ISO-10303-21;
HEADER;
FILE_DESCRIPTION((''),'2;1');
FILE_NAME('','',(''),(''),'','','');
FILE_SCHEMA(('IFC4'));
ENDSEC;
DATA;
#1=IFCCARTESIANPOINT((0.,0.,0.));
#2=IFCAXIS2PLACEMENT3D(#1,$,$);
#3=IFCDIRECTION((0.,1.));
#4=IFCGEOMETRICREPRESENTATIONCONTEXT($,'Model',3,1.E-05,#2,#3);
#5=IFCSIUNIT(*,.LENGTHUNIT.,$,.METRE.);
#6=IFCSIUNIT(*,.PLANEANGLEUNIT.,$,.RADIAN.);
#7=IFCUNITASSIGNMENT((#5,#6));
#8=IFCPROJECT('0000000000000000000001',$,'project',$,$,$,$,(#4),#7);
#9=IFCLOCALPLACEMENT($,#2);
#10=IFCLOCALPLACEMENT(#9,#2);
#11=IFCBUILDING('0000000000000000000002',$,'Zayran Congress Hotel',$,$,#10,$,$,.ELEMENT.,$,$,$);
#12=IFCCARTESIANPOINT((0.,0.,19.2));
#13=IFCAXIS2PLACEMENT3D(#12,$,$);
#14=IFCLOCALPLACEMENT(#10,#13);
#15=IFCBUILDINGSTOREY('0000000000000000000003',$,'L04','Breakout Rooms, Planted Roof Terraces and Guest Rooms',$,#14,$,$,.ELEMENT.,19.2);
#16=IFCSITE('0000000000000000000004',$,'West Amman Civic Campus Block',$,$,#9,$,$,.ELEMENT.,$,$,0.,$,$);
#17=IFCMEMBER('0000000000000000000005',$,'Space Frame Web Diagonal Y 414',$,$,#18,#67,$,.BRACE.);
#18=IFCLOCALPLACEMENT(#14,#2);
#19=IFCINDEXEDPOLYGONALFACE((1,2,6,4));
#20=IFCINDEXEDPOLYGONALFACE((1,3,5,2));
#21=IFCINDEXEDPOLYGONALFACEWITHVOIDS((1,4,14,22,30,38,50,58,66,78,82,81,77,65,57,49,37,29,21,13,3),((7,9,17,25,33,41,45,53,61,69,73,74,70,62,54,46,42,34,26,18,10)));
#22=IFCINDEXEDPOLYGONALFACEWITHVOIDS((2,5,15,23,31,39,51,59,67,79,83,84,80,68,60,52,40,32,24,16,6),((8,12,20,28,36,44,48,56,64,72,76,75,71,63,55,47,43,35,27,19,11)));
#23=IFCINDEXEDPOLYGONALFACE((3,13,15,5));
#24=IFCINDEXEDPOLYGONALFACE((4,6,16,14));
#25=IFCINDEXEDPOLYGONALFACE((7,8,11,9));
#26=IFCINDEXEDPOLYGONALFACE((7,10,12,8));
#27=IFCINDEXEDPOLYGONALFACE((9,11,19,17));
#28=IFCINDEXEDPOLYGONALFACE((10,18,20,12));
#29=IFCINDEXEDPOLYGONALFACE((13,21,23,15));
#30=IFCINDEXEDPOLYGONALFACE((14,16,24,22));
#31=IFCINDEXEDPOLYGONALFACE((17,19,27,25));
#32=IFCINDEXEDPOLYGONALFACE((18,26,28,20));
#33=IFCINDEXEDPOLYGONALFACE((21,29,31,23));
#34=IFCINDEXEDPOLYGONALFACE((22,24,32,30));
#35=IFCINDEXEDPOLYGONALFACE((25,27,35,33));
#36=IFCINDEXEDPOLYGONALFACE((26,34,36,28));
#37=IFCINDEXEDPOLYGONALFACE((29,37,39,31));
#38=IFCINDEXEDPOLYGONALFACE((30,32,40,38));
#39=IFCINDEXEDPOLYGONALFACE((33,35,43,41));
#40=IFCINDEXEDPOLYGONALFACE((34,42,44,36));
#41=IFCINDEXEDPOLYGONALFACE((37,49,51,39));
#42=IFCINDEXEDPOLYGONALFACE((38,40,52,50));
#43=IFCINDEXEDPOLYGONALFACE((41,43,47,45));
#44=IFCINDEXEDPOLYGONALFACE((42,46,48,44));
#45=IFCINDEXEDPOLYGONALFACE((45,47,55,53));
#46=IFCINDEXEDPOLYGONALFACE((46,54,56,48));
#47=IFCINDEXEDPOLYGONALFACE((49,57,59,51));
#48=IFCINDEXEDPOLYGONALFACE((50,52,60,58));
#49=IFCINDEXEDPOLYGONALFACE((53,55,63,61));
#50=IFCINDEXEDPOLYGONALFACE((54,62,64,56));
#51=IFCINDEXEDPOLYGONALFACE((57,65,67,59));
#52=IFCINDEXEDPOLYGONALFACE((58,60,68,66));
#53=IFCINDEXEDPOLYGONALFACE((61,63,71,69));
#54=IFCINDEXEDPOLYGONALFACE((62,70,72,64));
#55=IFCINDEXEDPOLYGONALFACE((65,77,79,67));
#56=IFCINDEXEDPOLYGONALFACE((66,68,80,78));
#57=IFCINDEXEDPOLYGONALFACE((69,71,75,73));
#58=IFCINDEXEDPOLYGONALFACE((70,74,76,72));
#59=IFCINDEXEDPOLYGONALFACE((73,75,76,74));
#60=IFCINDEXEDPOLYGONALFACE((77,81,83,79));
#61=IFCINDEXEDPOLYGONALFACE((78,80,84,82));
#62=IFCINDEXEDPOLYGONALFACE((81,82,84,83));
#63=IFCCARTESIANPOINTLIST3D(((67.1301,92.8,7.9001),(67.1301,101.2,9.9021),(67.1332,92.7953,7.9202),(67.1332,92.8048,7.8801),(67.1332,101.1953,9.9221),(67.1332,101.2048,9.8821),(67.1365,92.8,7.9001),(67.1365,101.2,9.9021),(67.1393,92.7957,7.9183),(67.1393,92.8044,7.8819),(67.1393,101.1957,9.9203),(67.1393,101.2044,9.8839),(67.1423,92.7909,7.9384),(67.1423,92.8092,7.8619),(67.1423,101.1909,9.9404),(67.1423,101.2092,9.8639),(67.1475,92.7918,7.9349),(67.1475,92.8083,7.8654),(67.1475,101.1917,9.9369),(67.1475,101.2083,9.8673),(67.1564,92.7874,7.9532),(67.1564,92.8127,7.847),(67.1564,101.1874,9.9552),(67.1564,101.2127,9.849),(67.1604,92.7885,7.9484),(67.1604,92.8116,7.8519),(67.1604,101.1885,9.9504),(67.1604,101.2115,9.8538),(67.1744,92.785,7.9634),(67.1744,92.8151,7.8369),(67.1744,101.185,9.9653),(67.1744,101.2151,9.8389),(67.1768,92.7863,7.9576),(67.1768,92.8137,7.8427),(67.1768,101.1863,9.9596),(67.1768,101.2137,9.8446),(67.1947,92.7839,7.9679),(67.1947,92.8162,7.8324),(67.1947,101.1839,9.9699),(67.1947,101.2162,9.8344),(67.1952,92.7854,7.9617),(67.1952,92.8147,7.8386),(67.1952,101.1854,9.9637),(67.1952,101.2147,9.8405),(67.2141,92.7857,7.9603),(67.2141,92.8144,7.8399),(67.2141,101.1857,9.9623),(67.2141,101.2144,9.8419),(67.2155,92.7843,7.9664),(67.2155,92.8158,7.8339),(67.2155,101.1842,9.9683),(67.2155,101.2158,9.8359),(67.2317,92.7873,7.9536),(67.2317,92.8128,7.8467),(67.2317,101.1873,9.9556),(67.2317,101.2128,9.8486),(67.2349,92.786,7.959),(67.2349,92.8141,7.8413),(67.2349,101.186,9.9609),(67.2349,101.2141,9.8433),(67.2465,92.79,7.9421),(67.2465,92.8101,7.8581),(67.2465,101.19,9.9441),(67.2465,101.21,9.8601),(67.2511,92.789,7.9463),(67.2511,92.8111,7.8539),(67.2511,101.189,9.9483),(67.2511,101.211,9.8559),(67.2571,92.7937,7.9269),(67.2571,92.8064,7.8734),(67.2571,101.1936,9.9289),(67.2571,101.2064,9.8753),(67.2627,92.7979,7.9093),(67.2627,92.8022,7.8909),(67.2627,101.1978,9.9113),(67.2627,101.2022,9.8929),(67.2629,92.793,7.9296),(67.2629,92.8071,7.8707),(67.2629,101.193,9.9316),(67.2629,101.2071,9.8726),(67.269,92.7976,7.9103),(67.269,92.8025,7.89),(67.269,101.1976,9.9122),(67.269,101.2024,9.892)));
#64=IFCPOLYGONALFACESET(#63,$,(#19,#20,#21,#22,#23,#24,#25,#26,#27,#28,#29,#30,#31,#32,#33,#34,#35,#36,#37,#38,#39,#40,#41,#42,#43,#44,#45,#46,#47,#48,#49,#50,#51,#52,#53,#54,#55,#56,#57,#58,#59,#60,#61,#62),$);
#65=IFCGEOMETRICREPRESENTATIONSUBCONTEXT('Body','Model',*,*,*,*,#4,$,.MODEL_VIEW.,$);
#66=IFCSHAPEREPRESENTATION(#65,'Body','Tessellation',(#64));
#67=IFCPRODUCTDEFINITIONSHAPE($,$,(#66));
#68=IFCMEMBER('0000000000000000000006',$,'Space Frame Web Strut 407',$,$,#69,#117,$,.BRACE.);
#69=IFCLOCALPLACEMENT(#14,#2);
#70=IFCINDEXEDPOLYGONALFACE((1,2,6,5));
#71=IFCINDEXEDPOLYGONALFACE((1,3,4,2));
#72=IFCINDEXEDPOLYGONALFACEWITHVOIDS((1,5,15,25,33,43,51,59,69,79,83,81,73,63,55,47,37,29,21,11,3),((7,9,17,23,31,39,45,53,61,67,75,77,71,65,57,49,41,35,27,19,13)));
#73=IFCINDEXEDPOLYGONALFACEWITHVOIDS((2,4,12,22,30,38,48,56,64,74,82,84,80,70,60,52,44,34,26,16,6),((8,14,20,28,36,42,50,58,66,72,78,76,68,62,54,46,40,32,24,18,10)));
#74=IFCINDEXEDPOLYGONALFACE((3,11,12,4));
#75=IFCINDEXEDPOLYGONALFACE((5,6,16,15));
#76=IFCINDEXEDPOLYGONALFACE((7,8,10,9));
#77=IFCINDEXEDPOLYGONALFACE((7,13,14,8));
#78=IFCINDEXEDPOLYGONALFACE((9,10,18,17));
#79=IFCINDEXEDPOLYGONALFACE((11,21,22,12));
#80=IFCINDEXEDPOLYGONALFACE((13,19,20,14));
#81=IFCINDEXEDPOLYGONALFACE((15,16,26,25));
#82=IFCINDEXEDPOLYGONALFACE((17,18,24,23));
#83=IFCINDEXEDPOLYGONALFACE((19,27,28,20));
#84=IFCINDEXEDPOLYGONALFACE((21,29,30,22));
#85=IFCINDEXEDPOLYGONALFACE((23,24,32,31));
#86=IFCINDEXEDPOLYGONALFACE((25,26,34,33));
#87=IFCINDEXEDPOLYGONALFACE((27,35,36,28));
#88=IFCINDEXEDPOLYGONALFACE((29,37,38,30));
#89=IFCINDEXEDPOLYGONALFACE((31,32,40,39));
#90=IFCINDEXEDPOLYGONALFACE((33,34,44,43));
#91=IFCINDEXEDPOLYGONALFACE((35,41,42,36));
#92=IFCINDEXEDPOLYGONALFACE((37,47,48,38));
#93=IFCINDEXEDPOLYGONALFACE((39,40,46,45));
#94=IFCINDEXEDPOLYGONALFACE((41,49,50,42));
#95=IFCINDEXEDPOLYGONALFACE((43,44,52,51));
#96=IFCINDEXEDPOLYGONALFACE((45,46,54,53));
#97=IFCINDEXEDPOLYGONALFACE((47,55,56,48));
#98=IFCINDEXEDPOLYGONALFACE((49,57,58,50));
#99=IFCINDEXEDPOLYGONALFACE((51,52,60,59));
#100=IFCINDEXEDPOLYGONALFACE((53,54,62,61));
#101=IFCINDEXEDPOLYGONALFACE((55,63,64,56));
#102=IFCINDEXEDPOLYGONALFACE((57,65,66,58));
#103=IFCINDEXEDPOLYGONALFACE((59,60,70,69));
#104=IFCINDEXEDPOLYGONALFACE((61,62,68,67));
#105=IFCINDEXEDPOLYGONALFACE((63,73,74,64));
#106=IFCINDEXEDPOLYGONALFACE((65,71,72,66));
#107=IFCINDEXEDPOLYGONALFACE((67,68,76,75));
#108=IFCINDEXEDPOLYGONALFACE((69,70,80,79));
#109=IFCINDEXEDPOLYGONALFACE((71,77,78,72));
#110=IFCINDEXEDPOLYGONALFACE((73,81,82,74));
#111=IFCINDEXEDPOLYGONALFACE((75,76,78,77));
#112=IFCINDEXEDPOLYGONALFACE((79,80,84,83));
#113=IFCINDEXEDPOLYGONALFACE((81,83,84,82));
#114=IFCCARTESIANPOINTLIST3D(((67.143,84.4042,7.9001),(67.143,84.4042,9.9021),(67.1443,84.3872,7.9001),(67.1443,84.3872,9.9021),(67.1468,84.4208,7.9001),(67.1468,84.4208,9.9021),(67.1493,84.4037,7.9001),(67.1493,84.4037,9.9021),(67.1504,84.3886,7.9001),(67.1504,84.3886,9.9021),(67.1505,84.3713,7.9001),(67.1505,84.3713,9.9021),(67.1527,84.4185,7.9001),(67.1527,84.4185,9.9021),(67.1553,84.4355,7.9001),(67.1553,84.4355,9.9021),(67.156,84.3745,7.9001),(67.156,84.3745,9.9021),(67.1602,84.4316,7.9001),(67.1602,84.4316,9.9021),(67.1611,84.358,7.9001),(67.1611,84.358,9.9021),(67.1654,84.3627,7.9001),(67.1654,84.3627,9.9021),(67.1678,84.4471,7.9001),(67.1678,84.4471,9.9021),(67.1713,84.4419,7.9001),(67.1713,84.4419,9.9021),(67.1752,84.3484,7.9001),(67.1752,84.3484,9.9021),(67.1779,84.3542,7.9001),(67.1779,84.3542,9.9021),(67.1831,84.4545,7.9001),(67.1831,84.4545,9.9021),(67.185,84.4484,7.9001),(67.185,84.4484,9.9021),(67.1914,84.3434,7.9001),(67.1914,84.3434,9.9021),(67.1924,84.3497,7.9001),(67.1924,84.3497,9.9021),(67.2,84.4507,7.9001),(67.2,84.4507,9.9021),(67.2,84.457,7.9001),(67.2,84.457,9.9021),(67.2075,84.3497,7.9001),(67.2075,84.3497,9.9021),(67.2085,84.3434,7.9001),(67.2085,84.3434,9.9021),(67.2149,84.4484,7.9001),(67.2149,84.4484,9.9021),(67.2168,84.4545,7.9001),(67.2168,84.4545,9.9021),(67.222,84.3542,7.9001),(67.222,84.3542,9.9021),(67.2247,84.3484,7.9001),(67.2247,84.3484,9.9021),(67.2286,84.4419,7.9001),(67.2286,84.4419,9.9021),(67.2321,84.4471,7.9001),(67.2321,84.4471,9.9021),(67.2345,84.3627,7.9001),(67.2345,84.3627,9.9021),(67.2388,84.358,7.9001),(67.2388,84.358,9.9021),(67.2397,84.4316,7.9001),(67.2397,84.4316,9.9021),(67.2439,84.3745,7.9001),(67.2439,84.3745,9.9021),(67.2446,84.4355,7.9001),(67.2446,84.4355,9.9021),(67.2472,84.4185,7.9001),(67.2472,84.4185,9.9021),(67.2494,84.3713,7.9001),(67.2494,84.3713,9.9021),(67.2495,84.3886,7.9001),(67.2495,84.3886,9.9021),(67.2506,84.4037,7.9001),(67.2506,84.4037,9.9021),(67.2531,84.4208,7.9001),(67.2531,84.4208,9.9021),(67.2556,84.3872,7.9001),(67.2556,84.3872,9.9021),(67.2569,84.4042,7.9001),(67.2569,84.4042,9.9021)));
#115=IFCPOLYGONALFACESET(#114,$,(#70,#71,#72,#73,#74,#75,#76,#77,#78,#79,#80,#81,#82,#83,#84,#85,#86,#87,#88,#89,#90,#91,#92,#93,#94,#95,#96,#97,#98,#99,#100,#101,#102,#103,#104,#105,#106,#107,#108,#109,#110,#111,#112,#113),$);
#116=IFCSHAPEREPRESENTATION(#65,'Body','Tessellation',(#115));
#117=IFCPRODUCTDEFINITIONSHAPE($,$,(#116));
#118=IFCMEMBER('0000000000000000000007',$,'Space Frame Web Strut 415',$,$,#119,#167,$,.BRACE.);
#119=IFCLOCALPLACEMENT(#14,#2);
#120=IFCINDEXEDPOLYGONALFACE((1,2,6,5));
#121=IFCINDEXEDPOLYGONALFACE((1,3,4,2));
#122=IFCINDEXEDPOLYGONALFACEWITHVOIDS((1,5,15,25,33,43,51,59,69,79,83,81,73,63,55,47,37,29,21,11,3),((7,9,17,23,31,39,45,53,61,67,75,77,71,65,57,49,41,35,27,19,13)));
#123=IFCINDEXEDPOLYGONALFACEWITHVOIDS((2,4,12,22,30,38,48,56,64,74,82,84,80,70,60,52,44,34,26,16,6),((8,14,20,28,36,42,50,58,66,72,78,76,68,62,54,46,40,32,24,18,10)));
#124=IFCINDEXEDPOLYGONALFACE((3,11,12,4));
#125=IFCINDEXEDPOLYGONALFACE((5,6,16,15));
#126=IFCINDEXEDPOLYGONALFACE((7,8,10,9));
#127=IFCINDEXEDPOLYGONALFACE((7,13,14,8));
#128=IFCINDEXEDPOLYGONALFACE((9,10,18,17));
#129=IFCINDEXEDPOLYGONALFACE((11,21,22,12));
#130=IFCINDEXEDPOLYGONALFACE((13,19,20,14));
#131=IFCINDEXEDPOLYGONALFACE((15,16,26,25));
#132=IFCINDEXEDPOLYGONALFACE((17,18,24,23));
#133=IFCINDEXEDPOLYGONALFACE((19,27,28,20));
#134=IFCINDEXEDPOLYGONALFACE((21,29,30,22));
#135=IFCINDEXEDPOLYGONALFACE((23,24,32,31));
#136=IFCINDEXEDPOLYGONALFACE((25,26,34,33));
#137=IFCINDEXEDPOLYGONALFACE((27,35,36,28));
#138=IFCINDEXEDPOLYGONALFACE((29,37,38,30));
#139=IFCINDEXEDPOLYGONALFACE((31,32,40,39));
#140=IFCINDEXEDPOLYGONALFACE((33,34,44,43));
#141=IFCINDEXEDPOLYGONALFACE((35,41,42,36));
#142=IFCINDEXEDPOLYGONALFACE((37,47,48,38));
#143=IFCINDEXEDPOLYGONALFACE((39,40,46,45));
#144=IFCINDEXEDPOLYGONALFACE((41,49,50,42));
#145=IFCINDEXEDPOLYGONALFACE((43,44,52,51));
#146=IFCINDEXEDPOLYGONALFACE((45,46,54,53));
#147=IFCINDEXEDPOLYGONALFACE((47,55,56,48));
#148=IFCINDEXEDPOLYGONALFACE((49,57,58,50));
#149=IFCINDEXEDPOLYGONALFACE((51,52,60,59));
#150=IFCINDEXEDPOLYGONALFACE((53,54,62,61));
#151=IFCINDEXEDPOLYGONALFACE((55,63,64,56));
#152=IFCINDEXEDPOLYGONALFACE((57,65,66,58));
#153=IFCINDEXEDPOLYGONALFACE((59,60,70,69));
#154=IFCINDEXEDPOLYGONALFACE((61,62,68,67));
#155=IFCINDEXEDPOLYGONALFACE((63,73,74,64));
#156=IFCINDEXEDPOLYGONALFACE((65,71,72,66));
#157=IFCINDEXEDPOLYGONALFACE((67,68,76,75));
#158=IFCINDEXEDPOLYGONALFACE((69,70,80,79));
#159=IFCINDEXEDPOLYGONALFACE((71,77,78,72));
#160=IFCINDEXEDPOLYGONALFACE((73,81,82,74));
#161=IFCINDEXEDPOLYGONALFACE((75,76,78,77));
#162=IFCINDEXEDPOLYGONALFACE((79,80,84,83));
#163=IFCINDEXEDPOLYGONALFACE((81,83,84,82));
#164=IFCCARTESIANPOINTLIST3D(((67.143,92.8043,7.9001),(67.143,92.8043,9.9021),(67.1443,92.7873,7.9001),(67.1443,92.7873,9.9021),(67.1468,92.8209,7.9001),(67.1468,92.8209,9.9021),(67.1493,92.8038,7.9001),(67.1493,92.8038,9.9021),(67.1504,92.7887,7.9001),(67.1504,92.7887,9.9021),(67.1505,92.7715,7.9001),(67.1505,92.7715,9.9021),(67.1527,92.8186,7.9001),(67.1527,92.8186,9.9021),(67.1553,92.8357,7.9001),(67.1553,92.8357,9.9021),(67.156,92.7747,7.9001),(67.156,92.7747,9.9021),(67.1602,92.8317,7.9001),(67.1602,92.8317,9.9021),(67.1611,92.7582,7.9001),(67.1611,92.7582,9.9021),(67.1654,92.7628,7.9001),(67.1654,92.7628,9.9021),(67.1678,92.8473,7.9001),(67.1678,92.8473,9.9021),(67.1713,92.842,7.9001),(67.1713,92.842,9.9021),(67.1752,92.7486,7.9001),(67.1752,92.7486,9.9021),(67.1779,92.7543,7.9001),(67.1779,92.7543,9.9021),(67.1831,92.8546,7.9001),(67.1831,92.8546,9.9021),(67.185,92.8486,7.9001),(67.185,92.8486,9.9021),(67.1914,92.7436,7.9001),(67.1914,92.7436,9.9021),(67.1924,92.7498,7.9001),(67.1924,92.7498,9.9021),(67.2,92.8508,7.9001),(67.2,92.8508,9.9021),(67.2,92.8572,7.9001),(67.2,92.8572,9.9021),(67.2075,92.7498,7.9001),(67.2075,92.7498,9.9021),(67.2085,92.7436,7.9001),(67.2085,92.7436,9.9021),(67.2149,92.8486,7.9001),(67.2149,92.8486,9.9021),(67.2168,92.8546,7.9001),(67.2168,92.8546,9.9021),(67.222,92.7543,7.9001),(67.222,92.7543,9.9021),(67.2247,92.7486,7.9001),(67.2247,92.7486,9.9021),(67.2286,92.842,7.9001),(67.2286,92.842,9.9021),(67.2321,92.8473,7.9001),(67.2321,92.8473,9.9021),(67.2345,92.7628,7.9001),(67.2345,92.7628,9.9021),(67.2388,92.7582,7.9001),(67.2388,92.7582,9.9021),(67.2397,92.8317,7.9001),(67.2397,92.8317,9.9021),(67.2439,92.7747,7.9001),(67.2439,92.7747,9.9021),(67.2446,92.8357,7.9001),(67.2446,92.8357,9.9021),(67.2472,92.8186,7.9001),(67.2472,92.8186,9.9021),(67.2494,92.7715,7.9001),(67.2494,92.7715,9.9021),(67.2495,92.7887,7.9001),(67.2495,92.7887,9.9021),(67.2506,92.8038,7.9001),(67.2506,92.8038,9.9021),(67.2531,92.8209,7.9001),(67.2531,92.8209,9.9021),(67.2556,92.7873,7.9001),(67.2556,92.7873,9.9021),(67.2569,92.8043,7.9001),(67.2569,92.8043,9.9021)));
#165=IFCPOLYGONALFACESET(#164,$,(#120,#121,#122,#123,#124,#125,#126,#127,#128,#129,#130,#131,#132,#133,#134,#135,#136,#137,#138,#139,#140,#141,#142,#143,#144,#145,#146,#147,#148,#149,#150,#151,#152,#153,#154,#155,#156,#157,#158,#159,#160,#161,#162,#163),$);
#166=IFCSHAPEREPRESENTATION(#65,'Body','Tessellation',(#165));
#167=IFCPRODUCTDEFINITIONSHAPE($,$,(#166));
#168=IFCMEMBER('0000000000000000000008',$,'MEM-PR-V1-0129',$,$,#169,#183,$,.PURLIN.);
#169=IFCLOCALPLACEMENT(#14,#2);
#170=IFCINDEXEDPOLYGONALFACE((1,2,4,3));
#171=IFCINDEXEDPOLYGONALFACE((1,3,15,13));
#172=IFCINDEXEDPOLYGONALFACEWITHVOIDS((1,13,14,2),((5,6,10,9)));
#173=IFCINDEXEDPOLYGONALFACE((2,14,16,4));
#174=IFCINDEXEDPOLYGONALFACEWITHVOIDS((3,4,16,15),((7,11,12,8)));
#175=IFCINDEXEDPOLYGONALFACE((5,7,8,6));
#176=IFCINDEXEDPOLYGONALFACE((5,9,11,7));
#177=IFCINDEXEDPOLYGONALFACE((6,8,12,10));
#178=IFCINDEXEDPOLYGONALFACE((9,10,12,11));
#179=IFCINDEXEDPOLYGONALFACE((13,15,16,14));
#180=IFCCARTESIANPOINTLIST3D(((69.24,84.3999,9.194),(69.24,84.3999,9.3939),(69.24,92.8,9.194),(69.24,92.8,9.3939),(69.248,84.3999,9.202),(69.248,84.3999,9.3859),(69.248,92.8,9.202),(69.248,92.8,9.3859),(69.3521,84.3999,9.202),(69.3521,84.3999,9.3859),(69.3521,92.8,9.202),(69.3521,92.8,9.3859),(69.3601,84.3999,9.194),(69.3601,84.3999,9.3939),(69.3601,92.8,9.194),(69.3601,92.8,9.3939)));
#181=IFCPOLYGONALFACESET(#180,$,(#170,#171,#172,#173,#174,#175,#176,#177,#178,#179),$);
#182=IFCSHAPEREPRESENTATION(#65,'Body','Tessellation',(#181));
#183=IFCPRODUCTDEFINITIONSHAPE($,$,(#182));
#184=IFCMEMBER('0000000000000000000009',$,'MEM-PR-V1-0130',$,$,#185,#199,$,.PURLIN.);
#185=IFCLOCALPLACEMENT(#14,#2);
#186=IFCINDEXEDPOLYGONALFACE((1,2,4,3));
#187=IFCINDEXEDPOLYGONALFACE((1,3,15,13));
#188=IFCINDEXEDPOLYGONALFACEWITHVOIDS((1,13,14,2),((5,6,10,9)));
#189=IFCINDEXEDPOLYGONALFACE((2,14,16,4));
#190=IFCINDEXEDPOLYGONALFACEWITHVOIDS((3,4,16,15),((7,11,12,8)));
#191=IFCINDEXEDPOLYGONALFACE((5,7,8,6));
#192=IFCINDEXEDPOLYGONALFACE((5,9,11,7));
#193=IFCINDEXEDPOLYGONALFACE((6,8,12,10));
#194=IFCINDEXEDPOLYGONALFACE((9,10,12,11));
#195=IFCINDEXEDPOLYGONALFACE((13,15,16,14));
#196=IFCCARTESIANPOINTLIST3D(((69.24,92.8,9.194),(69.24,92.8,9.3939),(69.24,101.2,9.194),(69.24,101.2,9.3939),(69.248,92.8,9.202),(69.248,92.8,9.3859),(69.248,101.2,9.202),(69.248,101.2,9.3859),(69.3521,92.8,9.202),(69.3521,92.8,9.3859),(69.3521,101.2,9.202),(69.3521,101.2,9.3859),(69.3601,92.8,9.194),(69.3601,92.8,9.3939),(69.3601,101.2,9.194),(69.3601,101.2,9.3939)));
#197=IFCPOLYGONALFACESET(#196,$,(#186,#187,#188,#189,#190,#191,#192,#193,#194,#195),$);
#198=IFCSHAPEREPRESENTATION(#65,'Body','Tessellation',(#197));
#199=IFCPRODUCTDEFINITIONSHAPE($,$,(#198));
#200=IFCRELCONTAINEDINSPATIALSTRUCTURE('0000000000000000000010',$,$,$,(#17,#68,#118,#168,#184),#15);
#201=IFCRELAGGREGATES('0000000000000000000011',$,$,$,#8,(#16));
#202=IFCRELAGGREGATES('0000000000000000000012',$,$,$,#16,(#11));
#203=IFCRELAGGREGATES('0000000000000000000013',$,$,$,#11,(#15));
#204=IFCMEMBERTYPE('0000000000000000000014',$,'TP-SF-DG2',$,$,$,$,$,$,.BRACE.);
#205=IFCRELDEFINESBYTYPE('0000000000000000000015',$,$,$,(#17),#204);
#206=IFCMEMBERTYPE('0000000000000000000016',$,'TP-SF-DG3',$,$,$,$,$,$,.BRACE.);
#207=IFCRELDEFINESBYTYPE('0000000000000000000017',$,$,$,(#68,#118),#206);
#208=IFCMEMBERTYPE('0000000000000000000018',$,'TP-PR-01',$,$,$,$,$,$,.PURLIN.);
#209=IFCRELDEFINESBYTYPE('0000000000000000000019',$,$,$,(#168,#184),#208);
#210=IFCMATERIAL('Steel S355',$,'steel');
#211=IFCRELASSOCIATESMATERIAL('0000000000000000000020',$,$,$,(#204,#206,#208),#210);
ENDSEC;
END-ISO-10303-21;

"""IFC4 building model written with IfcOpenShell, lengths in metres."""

from ifc_helpers import new_model, si_unit, direction, frame, origin, origin_2d, place, context, subcontext, project, spatial, hollow_rectangle, hollow_circle, extrude, material, material_profile, profile_set, type_object, element, save


model = new_model("IFC4")

# Units and contexts
model_context = context("Model", 3, precision=1e-05, world=origin(), true_north=direction((0.0, 1.0)))
body_context = subcontext(model_context, "Body", "Model", "MODEL_VIEW")
ifc_project = project(units=[si_unit("LENGTHUNIT", "METRE"), si_unit("PLANEANGLEUNIT", "RADIAN")], contexts=[model_context])

# Site, building, storey
site_placement = place(None, origin())
site = spatial("IfcSite", under=ifc_project, at=site_placement, Name="West Amman Civic Campus Block", CompositionType="ELEMENT", RefElevation=0.0)
building_placement = place(site_placement, origin())
building = spatial("IfcBuilding", under=site, at=building_placement, Name="Zayran Congress Hotel", CompositionType="ELEMENT")
storey_placement = place(building_placement, frame((0.0, 0.0, 19.2)))
storey = spatial("IfcBuildingStorey", under=building, at=storey_placement, Name="L04", Description="Breakout Rooms, Planted Roof Terraces and Guest Rooms", CompositionType="ELEMENT", Elevation=19.2)

# Members
ifc_material_1 = material(Name="Steel S355", Category="steel")
ifc_material_profile_1 = material_profile(ifc_material_1, hollow_circle(Radius=0.0698, WallThickness=0.0063, at=origin_2d()), Name="CHS 139.7x6.3")
ifc_profile_set_1 = profile_set([ifc_material_profile_1], Name="Steel S355")
member_type_1 = type_object("IfcMemberType", Name="TP-SF-DG2", PredefinedType="BRACE", material=ifc_profile_set_1)
member_1_placement = place(storey_placement, frame((67.2, 92.8, 7.9001), z_axis=(0.0, 0.972755, 0.231837), x_axis=(-1.0, 0.0, 0.0)))
element("IfcMember", 1, at=member_1_placement, inside=storey, type_object=member_type_1, Name="Space Frame Web Diagonal Y 414", PredefinedType="BRACE", context=body_context, shape_type="SweptSolid", body=[
    extrude(hollow_circle(Radius=0.0698, WallThickness=0.0063, at=origin_2d()), origin(), (0.0, 0.0, 1.0), 8.6353),
])
ifc_material_profile_2 = material_profile(ifc_material_1, hollow_circle(Radius=0.0571, WallThickness=0.0063, at=origin_2d()), Name="CHS 114.3x6.3")
ifc_profile_set_2 = profile_set([ifc_material_profile_2], Name="Steel S355")
member_type_2 = type_object("IfcMemberType", Name="TP-SF-DG3", PredefinedType="BRACE", material=ifc_profile_set_2)
for number, where, z_axis, x_axis, name in (
    (2, (67.2, 84.3999, 7.9001), (0.0, 0.0, 1.0), (0.0, 1.0, 0.0), "Space Frame Web Strut 407"),
    (3, (67.2, 92.8, 7.9001), (0.0, 0.0, 1.0), (0.0, 1.0, 0.0), "Space Frame Web Strut 415"),
):
    element("IfcMember", number, at=place(storey_placement, frame(where, z_axis=z_axis, x_axis=x_axis)), inside=storey, type_object=member_type_2, Name=name, PredefinedType="BRACE", context=body_context, shape_type="SweptSolid", body=[
        extrude(hollow_circle(Radius=0.0571, WallThickness=0.0063, at=origin_2d()), origin(), (0.0, 0.0, 1.0), 2.002),
    ])
ifc_material_profile_3 = material_profile(ifc_material_1, hollow_rectangle(XDim=0.1201, YDim=0.2, WallThickness=0.0081, at=origin_2d()), Name="RHS 200x120x8")
ifc_profile_set_3 = profile_set([ifc_material_profile_3], Name="Steel S355")
member_type_3 = type_object("IfcMemberType", Name="TP-PR-01", PredefinedType="PURLIN", material=ifc_profile_set_3)
member_2_placement = place(storey_placement, frame((69.3, 84.3999, 9.2939), z_axis=(0.0, 1.0, 0.0), x_axis=(-1.0, 0.0, 0.0)))
element("IfcMember", 4, at=member_2_placement, inside=storey, type_object=member_type_3, Name="MEM-PR-V1-0129", PredefinedType="PURLIN", context=body_context, shape_type="SweptSolid", body=[
    extrude(hollow_rectangle(XDim=0.1201, YDim=0.2, WallThickness=0.0081, at=origin_2d()), origin(), (0.0, 0.0, 1.0), 8.4001),
])
member_3_placement = place(storey_placement, frame((69.3, 92.8, 9.2939), z_axis=(0.0, 1.0, 0.0), x_axis=(-1.0, 0.0, 0.0)))
element("IfcMember", 5, at=member_3_placement, inside=storey, type_object=member_type_3, Name="MEM-PR-V1-0130", PredefinedType="PURLIN", context=body_context, shape_type="SweptSolid", body=[
    extrude(hollow_rectangle(XDim=0.1201, YDim=0.2, WallThickness=0.0081, at=origin_2d()), origin(), (0.0, 0.0, 1.0), 8.3999),
])

save(model, "model.ifc")
